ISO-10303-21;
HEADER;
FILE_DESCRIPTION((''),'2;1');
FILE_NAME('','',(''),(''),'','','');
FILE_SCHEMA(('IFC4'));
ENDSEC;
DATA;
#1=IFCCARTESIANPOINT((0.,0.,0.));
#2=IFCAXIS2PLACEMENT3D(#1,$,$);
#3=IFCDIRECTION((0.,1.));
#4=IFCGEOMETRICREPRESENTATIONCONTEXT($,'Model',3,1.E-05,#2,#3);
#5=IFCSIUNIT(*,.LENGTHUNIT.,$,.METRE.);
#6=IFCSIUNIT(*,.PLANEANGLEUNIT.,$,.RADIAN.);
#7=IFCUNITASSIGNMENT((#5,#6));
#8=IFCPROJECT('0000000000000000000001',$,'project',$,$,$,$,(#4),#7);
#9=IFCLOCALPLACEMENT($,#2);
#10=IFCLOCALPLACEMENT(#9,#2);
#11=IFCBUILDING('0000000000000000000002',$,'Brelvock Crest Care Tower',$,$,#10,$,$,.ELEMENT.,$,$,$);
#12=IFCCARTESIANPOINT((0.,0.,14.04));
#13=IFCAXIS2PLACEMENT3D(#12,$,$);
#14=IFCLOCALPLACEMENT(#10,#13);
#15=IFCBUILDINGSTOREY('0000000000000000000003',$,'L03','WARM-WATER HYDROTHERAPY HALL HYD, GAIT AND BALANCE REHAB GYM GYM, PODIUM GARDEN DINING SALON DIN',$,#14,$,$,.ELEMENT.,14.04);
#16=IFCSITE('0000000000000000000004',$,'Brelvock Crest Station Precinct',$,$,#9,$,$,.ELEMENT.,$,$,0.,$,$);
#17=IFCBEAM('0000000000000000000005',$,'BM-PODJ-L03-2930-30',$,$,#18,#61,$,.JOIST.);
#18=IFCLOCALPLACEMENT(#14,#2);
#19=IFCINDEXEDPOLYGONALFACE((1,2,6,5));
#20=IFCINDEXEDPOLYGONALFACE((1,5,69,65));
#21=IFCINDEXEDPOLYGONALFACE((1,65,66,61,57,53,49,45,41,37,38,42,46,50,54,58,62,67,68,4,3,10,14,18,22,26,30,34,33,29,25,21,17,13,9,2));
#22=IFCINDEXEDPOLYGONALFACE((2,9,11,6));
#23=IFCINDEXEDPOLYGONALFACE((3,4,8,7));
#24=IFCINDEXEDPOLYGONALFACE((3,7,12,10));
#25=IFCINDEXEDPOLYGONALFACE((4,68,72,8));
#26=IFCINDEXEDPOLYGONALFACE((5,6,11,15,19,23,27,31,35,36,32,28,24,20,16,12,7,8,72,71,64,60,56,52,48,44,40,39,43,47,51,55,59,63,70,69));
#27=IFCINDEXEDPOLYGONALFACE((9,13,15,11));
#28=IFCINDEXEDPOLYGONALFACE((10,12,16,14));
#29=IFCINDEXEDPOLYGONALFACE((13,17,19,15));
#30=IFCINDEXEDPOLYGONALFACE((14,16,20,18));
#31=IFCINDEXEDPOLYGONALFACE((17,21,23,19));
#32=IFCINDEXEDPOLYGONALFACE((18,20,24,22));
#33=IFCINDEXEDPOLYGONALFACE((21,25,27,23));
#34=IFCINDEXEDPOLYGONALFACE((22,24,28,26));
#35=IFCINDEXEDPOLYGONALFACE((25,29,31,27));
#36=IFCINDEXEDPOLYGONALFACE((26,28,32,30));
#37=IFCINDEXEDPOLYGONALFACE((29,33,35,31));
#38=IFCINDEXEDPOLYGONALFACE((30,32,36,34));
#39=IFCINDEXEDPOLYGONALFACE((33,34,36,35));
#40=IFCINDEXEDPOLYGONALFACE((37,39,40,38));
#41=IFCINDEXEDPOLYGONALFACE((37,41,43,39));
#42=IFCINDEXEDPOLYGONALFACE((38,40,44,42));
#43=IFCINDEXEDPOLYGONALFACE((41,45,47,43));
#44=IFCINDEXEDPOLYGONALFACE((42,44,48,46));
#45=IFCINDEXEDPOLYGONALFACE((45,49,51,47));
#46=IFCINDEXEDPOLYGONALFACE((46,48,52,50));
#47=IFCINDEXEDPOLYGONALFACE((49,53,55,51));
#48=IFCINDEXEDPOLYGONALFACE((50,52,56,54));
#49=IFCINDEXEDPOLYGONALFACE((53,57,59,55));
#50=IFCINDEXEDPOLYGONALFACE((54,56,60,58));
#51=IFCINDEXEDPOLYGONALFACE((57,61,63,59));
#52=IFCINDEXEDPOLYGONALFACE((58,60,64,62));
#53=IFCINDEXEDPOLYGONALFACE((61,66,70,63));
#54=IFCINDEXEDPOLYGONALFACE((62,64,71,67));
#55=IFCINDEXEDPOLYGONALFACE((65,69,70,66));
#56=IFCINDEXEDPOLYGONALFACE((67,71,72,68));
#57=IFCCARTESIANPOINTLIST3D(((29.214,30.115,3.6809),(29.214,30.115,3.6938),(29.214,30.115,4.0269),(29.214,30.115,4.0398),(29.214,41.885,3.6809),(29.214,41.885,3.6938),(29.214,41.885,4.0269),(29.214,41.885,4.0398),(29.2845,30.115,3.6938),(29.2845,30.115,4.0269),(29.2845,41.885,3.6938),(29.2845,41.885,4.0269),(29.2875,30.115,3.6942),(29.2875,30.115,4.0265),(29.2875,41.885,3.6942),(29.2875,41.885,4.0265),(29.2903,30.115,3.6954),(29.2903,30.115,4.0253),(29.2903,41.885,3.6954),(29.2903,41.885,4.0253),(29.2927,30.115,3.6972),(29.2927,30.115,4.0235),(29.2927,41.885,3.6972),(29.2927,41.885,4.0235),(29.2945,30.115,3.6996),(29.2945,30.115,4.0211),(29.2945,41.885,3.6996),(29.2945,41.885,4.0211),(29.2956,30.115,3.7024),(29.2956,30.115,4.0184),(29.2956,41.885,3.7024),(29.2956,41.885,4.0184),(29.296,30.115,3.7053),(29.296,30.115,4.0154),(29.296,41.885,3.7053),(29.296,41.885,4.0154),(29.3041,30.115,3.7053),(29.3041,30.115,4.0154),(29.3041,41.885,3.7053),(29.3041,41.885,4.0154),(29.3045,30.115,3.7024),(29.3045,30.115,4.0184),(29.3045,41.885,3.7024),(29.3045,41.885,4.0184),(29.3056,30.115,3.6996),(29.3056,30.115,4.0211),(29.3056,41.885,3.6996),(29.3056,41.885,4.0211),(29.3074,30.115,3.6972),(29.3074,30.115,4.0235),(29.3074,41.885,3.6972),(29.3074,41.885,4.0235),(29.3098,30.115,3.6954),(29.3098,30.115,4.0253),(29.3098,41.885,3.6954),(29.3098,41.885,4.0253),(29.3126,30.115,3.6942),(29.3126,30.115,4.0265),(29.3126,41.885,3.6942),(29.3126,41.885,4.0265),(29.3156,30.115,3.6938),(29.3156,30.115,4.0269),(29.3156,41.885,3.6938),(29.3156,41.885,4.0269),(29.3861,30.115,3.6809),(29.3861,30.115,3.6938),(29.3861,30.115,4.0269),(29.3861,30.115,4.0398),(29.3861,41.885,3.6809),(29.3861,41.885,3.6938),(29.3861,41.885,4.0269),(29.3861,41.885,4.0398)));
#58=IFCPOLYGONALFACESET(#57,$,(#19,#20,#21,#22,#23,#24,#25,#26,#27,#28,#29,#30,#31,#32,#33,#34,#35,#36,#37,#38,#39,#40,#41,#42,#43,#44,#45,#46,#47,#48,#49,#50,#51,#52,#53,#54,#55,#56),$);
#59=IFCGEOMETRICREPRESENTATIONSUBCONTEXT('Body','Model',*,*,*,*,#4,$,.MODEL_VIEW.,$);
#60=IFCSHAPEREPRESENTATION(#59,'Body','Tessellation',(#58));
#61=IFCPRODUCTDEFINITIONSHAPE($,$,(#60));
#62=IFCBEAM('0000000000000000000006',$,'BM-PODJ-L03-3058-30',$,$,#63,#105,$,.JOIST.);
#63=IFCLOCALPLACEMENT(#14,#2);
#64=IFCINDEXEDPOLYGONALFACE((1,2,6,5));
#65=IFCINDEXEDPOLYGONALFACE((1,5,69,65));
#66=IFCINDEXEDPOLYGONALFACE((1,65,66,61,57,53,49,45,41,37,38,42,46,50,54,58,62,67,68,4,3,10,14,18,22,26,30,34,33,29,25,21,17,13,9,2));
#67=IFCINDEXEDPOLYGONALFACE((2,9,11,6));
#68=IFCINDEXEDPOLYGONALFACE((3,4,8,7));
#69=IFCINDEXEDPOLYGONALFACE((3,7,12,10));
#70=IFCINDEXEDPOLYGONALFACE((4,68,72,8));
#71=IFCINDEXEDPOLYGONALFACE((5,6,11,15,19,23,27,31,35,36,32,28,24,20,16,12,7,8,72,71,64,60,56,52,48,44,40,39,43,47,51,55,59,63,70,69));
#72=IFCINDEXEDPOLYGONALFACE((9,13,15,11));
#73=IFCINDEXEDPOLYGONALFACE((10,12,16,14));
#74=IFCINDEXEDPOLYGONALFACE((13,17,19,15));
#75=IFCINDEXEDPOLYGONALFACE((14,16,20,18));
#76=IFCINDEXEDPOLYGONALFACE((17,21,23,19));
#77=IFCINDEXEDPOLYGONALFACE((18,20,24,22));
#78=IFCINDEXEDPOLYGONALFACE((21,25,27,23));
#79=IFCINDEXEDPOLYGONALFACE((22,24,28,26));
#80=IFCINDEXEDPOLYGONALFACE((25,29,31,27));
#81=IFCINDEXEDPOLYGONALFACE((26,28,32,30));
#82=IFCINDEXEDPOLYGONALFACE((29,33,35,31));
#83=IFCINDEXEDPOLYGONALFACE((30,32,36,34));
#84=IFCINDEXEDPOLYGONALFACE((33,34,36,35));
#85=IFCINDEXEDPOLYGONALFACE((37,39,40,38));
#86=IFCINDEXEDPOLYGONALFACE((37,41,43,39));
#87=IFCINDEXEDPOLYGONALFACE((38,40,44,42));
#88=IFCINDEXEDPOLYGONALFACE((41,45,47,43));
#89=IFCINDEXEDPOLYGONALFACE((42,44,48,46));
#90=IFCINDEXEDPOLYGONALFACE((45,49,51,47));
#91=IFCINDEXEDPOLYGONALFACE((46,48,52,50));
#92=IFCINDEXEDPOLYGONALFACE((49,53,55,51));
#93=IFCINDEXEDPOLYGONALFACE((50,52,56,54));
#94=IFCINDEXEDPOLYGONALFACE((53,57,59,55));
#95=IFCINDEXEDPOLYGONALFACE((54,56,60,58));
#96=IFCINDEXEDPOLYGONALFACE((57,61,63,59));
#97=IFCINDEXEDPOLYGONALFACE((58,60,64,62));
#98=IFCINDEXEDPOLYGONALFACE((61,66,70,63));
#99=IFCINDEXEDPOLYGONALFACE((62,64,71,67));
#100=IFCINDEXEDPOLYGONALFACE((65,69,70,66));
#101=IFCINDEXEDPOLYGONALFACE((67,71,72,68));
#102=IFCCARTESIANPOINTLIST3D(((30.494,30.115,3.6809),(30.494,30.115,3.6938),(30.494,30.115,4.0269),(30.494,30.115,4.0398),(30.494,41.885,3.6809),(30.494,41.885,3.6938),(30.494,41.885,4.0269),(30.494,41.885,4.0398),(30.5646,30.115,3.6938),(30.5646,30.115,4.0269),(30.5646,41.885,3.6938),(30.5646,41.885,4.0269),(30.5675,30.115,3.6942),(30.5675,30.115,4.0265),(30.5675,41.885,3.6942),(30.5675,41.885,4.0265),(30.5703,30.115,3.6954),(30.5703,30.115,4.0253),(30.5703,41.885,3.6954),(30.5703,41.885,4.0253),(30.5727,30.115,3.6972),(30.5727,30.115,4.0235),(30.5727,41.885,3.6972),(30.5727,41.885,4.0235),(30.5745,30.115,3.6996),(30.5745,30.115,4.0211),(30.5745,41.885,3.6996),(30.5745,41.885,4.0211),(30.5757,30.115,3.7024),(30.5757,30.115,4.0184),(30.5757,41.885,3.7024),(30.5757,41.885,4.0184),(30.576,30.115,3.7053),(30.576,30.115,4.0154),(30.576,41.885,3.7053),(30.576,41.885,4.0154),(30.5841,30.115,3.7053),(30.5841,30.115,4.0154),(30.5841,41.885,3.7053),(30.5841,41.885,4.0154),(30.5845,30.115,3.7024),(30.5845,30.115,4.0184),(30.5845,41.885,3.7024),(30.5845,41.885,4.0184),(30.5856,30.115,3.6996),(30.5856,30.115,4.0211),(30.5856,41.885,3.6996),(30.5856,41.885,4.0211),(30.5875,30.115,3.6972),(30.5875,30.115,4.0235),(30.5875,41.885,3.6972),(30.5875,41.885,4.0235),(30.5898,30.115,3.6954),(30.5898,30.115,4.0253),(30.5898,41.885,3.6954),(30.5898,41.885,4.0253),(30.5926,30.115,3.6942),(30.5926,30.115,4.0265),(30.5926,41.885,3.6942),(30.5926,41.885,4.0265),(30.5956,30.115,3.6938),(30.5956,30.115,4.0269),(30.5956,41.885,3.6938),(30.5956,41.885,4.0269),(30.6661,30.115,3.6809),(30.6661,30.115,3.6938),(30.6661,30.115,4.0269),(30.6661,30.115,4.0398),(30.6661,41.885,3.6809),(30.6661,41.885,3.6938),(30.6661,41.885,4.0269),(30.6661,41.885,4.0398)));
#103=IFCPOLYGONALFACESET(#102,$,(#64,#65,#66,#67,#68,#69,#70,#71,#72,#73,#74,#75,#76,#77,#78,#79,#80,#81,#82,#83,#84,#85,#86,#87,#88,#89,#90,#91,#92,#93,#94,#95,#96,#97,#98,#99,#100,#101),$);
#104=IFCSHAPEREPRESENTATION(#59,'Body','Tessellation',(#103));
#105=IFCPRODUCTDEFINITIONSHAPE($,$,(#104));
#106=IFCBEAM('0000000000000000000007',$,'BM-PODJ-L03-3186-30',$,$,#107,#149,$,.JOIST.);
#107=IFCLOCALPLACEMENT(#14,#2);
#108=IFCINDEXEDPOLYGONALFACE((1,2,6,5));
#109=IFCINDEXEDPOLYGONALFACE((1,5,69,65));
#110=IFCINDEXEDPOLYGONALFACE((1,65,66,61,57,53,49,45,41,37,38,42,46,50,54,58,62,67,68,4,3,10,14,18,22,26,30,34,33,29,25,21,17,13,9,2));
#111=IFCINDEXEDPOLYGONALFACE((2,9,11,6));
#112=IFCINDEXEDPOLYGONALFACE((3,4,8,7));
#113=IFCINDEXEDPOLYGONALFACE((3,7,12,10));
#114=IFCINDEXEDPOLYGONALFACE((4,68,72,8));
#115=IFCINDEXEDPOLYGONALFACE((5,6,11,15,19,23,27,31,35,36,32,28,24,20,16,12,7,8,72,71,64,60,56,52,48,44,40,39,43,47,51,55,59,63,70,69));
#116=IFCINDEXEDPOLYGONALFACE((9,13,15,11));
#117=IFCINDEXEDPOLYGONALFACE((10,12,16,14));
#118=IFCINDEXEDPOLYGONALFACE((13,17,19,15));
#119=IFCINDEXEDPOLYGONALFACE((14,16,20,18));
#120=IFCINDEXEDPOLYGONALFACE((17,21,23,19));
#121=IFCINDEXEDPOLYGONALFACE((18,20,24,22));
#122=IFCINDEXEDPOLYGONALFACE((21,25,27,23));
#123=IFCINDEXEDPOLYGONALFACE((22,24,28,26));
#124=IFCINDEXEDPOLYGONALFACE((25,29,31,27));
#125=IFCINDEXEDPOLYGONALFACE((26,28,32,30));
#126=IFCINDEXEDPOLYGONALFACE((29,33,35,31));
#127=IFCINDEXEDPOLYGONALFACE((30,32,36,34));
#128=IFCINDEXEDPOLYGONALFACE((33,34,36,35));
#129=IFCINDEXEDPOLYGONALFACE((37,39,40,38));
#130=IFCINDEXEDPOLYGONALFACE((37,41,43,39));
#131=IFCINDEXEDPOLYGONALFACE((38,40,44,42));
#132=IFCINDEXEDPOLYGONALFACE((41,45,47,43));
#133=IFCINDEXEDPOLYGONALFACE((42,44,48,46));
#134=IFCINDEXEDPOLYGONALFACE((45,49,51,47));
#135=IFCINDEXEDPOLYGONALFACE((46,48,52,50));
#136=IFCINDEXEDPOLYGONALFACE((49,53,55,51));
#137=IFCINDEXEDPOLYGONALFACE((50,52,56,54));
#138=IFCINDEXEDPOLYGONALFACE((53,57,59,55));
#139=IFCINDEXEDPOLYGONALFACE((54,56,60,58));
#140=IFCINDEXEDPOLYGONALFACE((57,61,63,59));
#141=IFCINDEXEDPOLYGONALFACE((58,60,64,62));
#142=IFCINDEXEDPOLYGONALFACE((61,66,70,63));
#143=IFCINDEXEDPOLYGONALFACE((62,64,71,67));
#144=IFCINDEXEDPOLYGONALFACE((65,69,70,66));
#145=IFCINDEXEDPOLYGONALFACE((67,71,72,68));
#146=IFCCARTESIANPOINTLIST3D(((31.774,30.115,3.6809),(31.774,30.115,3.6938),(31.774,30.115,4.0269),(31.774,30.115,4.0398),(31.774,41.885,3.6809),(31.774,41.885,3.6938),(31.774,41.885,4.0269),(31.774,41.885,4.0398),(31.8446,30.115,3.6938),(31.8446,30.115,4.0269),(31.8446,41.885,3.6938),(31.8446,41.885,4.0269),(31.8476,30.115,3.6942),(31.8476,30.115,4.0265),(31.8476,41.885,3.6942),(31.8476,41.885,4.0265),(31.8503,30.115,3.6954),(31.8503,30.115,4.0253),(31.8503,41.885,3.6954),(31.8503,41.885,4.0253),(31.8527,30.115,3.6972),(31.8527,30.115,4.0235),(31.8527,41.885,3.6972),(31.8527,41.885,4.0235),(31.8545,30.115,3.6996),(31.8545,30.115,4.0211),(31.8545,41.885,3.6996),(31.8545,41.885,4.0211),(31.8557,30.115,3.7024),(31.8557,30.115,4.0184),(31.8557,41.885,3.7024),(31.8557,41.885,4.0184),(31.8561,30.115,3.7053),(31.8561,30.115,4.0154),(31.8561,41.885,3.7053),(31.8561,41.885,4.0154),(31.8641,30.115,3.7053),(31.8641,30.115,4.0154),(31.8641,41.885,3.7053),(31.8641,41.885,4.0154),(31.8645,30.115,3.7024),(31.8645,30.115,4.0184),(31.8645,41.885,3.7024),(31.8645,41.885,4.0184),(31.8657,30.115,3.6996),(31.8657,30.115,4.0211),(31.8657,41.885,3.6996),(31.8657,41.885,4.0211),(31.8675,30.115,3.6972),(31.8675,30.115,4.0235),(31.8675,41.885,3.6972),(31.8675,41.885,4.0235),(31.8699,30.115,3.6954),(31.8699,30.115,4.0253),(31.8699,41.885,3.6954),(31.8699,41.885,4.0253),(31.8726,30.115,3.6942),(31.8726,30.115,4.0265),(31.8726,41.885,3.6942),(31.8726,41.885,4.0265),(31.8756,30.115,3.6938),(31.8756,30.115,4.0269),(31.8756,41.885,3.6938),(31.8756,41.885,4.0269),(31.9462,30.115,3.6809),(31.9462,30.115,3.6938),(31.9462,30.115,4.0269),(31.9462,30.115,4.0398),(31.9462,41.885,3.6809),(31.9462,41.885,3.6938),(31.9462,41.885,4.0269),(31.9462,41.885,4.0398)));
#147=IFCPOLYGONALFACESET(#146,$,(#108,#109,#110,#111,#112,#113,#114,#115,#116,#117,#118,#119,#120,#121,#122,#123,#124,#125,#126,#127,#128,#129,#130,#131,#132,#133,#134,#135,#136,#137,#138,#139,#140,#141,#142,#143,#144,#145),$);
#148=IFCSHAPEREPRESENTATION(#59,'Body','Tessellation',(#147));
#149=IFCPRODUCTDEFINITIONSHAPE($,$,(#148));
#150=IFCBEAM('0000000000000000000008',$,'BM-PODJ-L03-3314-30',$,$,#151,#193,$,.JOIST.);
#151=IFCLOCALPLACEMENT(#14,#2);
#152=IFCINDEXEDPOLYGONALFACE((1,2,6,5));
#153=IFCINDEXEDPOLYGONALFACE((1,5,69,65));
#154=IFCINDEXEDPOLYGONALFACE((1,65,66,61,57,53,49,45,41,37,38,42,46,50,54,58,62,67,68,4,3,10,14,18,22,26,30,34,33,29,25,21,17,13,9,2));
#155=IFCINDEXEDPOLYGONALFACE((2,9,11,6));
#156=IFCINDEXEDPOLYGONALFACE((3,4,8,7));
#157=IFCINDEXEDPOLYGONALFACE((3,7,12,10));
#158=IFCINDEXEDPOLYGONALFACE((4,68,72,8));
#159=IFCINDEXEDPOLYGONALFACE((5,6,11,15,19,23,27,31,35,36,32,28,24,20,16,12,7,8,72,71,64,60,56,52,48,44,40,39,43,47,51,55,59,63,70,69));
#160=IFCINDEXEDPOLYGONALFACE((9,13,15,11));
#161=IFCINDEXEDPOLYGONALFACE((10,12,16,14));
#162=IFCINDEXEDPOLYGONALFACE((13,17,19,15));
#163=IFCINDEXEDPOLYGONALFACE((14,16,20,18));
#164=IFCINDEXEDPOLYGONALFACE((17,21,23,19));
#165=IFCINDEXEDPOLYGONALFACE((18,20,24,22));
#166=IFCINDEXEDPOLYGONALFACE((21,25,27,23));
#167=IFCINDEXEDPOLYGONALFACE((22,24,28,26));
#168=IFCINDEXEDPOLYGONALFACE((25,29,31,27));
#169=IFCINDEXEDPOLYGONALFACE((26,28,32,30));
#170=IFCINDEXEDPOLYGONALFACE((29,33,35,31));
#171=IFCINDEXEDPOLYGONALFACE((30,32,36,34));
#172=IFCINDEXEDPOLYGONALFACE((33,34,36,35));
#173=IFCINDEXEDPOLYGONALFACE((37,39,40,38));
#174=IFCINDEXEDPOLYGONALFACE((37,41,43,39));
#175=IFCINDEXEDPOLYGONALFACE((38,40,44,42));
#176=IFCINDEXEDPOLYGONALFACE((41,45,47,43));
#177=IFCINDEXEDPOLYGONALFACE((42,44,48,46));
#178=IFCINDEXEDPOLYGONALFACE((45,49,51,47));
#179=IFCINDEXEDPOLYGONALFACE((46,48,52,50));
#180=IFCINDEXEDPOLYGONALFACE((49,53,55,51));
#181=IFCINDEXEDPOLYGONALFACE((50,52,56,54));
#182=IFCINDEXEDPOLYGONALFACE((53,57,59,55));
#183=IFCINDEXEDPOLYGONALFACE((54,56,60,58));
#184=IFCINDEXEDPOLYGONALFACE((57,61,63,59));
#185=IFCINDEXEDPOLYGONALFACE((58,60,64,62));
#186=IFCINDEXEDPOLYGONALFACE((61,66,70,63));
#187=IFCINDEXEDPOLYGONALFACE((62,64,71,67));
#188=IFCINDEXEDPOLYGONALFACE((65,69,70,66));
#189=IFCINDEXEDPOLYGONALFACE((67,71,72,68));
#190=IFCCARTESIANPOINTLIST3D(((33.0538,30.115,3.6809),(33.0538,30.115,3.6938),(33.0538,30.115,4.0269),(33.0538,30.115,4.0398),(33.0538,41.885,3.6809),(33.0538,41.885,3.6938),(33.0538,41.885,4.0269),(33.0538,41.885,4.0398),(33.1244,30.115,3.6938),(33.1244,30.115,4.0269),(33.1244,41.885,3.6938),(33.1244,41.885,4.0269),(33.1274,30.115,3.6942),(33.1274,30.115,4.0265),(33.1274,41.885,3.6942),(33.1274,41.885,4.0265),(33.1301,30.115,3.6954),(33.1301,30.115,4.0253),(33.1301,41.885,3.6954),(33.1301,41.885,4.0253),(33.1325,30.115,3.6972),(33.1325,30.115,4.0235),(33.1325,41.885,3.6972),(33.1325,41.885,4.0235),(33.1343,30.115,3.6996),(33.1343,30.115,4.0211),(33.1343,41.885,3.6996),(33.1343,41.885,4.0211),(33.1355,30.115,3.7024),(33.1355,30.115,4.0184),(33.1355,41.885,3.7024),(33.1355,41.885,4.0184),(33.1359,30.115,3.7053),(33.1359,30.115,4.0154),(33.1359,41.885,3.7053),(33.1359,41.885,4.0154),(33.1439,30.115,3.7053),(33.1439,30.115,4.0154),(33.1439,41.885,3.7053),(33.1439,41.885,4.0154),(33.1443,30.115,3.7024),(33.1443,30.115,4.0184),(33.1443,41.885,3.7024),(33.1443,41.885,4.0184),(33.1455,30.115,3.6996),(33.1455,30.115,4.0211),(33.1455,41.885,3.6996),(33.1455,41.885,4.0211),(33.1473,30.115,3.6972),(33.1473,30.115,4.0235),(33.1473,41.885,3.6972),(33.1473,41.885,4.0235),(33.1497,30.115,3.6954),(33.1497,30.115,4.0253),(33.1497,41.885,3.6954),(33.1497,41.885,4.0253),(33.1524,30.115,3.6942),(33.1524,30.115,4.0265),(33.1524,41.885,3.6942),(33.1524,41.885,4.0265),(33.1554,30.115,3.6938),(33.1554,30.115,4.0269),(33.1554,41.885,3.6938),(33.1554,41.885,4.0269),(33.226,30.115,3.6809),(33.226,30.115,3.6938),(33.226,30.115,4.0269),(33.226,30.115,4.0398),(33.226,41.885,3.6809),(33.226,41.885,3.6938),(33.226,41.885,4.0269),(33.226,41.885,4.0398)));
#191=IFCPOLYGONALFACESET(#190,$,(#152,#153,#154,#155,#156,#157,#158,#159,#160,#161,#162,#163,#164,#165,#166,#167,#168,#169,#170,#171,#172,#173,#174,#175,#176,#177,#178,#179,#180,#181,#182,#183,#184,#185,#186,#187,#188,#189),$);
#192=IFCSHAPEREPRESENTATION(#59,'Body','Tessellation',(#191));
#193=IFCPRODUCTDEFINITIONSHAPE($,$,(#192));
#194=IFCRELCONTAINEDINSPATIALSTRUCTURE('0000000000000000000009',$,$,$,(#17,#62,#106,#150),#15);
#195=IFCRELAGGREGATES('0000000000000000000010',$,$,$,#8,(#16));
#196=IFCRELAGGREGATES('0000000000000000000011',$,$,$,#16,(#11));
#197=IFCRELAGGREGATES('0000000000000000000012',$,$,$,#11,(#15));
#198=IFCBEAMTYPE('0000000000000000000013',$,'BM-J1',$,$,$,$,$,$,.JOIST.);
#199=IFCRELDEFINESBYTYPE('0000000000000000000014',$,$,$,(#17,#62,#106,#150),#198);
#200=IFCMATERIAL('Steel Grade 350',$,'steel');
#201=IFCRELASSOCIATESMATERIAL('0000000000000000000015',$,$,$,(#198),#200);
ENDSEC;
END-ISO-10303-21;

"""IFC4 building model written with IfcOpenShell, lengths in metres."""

from ifc_helpers import new_model, si_unit, direction, frame, origin, origin_2d, place, context, subcontext, project, spatial, i_section, extrude, source, transform, mapped, material, material_profile, profile_set, type_object, element, save


model = new_model("IFC4")

# Units and contexts
model_context = context("Model", 3, precision=1e-05, world=origin(), true_north=direction((0.0, 1.0)))
body_context = subcontext(model_context, "Body", "Model", "MODEL_VIEW")
ifc_project = project(units=[si_unit("LENGTHUNIT", "METRE"), si_unit("PLANEANGLEUNIT", "RADIAN")], contexts=[model_context])

# Site, building, storey
site_placement = place(None, origin())
site = spatial("IfcSite", under=ifc_project, at=site_placement, Name="Brelvock Crest Station Precinct", CompositionType="ELEMENT", RefElevation=0.0)
building_placement = place(site_placement, origin())
building = spatial("IfcBuilding", under=site, at=building_placement, Name="Brelvock Crest Care Tower", CompositionType="ELEMENT")
storey_placement = place(building_placement, frame((0.0, 0.0, 14.04)))
storey = spatial("IfcBuildingStorey", under=building, at=storey_placement, Name="L03", Description="WARM-WATER HYDROTHERAPY HALL HYD, GAIT AND BALANCE REHAB GYM GYM, PODIUM GARDEN DINING SALON DIN", CompositionType="ELEMENT", Elevation=14.04)

# Shared definitions
ifc_material_1 = material(Name="Steel Grade 350", Category="steel")

# Beams
ifc_material_profile_1 = material_profile(ifc_material_1, i_section(OverallWidth=0.1721, OverallDepth=0.3589, WebThickness=0.0081, FlangeThickness=0.0129, FilletRadius=0.0115, at=origin_2d()), Name="360UB56.7")
ifc_profile_set_1 = profile_set([ifc_material_profile_1], Name="Steel Grade 350")
beam_type_1 = type_object("IfcBeamType", Name="BM-J1", PredefinedType="JOIST", material=ifc_profile_set_1)
shared_shape_1 = source(origin(), body_context, "Body", "SweptSolid", [
    extrude(i_section(OverallWidth=0.1721, OverallDepth=0.3589, WebThickness=0.0081, FlangeThickness=0.0129, FilletRadius=0.0115, at=origin_2d()), origin(), (0.0, 0.0, 1.0), 11.77),
])
for number, where, z_axis, x_axis, name in (
    (1, (29.3, 30.115, 3.8604), (0.0, 1.0, 0.0), (-1.0, 0.0, 0.0), "BM-PODJ-L03-2930-30"),
    (2, (30.5801, 30.115, 3.8604), (0.0, 1.0, 0.0), (-1.0, 0.0, 0.0), "BM-PODJ-L03-3058-30"),
    (3, (31.8601, 30.115, 3.8604), (0.0, 1.0, 0.0), (-1.0, 0.0, 0.0), "BM-PODJ-L03-3186-30"),
    (4, (33.1399, 30.115, 3.8604), (0.0, 1.0, 0.0), (-1.0, 0.0, 0.0), "BM-PODJ-L03-3314-30"),
):
    element("IfcBeam", number, at=place(storey_placement, frame(where, z_axis=z_axis, x_axis=x_axis)), inside=storey, type_object=beam_type_1, Name=name, PredefinedType="JOIST", context=body_context, shape_type="MappedRepresentation", body=[
        mapped(shared_shape_1, transform((0.0, 0.0, 0.0), x_axis=(1.0, 0.0, 0.0), y_axis=(0.0, 1.0, 0.0), z_axis=(0.0, 0.0, 1.0), scale=1.0)),
    ])

save(model, "model.ifc")
